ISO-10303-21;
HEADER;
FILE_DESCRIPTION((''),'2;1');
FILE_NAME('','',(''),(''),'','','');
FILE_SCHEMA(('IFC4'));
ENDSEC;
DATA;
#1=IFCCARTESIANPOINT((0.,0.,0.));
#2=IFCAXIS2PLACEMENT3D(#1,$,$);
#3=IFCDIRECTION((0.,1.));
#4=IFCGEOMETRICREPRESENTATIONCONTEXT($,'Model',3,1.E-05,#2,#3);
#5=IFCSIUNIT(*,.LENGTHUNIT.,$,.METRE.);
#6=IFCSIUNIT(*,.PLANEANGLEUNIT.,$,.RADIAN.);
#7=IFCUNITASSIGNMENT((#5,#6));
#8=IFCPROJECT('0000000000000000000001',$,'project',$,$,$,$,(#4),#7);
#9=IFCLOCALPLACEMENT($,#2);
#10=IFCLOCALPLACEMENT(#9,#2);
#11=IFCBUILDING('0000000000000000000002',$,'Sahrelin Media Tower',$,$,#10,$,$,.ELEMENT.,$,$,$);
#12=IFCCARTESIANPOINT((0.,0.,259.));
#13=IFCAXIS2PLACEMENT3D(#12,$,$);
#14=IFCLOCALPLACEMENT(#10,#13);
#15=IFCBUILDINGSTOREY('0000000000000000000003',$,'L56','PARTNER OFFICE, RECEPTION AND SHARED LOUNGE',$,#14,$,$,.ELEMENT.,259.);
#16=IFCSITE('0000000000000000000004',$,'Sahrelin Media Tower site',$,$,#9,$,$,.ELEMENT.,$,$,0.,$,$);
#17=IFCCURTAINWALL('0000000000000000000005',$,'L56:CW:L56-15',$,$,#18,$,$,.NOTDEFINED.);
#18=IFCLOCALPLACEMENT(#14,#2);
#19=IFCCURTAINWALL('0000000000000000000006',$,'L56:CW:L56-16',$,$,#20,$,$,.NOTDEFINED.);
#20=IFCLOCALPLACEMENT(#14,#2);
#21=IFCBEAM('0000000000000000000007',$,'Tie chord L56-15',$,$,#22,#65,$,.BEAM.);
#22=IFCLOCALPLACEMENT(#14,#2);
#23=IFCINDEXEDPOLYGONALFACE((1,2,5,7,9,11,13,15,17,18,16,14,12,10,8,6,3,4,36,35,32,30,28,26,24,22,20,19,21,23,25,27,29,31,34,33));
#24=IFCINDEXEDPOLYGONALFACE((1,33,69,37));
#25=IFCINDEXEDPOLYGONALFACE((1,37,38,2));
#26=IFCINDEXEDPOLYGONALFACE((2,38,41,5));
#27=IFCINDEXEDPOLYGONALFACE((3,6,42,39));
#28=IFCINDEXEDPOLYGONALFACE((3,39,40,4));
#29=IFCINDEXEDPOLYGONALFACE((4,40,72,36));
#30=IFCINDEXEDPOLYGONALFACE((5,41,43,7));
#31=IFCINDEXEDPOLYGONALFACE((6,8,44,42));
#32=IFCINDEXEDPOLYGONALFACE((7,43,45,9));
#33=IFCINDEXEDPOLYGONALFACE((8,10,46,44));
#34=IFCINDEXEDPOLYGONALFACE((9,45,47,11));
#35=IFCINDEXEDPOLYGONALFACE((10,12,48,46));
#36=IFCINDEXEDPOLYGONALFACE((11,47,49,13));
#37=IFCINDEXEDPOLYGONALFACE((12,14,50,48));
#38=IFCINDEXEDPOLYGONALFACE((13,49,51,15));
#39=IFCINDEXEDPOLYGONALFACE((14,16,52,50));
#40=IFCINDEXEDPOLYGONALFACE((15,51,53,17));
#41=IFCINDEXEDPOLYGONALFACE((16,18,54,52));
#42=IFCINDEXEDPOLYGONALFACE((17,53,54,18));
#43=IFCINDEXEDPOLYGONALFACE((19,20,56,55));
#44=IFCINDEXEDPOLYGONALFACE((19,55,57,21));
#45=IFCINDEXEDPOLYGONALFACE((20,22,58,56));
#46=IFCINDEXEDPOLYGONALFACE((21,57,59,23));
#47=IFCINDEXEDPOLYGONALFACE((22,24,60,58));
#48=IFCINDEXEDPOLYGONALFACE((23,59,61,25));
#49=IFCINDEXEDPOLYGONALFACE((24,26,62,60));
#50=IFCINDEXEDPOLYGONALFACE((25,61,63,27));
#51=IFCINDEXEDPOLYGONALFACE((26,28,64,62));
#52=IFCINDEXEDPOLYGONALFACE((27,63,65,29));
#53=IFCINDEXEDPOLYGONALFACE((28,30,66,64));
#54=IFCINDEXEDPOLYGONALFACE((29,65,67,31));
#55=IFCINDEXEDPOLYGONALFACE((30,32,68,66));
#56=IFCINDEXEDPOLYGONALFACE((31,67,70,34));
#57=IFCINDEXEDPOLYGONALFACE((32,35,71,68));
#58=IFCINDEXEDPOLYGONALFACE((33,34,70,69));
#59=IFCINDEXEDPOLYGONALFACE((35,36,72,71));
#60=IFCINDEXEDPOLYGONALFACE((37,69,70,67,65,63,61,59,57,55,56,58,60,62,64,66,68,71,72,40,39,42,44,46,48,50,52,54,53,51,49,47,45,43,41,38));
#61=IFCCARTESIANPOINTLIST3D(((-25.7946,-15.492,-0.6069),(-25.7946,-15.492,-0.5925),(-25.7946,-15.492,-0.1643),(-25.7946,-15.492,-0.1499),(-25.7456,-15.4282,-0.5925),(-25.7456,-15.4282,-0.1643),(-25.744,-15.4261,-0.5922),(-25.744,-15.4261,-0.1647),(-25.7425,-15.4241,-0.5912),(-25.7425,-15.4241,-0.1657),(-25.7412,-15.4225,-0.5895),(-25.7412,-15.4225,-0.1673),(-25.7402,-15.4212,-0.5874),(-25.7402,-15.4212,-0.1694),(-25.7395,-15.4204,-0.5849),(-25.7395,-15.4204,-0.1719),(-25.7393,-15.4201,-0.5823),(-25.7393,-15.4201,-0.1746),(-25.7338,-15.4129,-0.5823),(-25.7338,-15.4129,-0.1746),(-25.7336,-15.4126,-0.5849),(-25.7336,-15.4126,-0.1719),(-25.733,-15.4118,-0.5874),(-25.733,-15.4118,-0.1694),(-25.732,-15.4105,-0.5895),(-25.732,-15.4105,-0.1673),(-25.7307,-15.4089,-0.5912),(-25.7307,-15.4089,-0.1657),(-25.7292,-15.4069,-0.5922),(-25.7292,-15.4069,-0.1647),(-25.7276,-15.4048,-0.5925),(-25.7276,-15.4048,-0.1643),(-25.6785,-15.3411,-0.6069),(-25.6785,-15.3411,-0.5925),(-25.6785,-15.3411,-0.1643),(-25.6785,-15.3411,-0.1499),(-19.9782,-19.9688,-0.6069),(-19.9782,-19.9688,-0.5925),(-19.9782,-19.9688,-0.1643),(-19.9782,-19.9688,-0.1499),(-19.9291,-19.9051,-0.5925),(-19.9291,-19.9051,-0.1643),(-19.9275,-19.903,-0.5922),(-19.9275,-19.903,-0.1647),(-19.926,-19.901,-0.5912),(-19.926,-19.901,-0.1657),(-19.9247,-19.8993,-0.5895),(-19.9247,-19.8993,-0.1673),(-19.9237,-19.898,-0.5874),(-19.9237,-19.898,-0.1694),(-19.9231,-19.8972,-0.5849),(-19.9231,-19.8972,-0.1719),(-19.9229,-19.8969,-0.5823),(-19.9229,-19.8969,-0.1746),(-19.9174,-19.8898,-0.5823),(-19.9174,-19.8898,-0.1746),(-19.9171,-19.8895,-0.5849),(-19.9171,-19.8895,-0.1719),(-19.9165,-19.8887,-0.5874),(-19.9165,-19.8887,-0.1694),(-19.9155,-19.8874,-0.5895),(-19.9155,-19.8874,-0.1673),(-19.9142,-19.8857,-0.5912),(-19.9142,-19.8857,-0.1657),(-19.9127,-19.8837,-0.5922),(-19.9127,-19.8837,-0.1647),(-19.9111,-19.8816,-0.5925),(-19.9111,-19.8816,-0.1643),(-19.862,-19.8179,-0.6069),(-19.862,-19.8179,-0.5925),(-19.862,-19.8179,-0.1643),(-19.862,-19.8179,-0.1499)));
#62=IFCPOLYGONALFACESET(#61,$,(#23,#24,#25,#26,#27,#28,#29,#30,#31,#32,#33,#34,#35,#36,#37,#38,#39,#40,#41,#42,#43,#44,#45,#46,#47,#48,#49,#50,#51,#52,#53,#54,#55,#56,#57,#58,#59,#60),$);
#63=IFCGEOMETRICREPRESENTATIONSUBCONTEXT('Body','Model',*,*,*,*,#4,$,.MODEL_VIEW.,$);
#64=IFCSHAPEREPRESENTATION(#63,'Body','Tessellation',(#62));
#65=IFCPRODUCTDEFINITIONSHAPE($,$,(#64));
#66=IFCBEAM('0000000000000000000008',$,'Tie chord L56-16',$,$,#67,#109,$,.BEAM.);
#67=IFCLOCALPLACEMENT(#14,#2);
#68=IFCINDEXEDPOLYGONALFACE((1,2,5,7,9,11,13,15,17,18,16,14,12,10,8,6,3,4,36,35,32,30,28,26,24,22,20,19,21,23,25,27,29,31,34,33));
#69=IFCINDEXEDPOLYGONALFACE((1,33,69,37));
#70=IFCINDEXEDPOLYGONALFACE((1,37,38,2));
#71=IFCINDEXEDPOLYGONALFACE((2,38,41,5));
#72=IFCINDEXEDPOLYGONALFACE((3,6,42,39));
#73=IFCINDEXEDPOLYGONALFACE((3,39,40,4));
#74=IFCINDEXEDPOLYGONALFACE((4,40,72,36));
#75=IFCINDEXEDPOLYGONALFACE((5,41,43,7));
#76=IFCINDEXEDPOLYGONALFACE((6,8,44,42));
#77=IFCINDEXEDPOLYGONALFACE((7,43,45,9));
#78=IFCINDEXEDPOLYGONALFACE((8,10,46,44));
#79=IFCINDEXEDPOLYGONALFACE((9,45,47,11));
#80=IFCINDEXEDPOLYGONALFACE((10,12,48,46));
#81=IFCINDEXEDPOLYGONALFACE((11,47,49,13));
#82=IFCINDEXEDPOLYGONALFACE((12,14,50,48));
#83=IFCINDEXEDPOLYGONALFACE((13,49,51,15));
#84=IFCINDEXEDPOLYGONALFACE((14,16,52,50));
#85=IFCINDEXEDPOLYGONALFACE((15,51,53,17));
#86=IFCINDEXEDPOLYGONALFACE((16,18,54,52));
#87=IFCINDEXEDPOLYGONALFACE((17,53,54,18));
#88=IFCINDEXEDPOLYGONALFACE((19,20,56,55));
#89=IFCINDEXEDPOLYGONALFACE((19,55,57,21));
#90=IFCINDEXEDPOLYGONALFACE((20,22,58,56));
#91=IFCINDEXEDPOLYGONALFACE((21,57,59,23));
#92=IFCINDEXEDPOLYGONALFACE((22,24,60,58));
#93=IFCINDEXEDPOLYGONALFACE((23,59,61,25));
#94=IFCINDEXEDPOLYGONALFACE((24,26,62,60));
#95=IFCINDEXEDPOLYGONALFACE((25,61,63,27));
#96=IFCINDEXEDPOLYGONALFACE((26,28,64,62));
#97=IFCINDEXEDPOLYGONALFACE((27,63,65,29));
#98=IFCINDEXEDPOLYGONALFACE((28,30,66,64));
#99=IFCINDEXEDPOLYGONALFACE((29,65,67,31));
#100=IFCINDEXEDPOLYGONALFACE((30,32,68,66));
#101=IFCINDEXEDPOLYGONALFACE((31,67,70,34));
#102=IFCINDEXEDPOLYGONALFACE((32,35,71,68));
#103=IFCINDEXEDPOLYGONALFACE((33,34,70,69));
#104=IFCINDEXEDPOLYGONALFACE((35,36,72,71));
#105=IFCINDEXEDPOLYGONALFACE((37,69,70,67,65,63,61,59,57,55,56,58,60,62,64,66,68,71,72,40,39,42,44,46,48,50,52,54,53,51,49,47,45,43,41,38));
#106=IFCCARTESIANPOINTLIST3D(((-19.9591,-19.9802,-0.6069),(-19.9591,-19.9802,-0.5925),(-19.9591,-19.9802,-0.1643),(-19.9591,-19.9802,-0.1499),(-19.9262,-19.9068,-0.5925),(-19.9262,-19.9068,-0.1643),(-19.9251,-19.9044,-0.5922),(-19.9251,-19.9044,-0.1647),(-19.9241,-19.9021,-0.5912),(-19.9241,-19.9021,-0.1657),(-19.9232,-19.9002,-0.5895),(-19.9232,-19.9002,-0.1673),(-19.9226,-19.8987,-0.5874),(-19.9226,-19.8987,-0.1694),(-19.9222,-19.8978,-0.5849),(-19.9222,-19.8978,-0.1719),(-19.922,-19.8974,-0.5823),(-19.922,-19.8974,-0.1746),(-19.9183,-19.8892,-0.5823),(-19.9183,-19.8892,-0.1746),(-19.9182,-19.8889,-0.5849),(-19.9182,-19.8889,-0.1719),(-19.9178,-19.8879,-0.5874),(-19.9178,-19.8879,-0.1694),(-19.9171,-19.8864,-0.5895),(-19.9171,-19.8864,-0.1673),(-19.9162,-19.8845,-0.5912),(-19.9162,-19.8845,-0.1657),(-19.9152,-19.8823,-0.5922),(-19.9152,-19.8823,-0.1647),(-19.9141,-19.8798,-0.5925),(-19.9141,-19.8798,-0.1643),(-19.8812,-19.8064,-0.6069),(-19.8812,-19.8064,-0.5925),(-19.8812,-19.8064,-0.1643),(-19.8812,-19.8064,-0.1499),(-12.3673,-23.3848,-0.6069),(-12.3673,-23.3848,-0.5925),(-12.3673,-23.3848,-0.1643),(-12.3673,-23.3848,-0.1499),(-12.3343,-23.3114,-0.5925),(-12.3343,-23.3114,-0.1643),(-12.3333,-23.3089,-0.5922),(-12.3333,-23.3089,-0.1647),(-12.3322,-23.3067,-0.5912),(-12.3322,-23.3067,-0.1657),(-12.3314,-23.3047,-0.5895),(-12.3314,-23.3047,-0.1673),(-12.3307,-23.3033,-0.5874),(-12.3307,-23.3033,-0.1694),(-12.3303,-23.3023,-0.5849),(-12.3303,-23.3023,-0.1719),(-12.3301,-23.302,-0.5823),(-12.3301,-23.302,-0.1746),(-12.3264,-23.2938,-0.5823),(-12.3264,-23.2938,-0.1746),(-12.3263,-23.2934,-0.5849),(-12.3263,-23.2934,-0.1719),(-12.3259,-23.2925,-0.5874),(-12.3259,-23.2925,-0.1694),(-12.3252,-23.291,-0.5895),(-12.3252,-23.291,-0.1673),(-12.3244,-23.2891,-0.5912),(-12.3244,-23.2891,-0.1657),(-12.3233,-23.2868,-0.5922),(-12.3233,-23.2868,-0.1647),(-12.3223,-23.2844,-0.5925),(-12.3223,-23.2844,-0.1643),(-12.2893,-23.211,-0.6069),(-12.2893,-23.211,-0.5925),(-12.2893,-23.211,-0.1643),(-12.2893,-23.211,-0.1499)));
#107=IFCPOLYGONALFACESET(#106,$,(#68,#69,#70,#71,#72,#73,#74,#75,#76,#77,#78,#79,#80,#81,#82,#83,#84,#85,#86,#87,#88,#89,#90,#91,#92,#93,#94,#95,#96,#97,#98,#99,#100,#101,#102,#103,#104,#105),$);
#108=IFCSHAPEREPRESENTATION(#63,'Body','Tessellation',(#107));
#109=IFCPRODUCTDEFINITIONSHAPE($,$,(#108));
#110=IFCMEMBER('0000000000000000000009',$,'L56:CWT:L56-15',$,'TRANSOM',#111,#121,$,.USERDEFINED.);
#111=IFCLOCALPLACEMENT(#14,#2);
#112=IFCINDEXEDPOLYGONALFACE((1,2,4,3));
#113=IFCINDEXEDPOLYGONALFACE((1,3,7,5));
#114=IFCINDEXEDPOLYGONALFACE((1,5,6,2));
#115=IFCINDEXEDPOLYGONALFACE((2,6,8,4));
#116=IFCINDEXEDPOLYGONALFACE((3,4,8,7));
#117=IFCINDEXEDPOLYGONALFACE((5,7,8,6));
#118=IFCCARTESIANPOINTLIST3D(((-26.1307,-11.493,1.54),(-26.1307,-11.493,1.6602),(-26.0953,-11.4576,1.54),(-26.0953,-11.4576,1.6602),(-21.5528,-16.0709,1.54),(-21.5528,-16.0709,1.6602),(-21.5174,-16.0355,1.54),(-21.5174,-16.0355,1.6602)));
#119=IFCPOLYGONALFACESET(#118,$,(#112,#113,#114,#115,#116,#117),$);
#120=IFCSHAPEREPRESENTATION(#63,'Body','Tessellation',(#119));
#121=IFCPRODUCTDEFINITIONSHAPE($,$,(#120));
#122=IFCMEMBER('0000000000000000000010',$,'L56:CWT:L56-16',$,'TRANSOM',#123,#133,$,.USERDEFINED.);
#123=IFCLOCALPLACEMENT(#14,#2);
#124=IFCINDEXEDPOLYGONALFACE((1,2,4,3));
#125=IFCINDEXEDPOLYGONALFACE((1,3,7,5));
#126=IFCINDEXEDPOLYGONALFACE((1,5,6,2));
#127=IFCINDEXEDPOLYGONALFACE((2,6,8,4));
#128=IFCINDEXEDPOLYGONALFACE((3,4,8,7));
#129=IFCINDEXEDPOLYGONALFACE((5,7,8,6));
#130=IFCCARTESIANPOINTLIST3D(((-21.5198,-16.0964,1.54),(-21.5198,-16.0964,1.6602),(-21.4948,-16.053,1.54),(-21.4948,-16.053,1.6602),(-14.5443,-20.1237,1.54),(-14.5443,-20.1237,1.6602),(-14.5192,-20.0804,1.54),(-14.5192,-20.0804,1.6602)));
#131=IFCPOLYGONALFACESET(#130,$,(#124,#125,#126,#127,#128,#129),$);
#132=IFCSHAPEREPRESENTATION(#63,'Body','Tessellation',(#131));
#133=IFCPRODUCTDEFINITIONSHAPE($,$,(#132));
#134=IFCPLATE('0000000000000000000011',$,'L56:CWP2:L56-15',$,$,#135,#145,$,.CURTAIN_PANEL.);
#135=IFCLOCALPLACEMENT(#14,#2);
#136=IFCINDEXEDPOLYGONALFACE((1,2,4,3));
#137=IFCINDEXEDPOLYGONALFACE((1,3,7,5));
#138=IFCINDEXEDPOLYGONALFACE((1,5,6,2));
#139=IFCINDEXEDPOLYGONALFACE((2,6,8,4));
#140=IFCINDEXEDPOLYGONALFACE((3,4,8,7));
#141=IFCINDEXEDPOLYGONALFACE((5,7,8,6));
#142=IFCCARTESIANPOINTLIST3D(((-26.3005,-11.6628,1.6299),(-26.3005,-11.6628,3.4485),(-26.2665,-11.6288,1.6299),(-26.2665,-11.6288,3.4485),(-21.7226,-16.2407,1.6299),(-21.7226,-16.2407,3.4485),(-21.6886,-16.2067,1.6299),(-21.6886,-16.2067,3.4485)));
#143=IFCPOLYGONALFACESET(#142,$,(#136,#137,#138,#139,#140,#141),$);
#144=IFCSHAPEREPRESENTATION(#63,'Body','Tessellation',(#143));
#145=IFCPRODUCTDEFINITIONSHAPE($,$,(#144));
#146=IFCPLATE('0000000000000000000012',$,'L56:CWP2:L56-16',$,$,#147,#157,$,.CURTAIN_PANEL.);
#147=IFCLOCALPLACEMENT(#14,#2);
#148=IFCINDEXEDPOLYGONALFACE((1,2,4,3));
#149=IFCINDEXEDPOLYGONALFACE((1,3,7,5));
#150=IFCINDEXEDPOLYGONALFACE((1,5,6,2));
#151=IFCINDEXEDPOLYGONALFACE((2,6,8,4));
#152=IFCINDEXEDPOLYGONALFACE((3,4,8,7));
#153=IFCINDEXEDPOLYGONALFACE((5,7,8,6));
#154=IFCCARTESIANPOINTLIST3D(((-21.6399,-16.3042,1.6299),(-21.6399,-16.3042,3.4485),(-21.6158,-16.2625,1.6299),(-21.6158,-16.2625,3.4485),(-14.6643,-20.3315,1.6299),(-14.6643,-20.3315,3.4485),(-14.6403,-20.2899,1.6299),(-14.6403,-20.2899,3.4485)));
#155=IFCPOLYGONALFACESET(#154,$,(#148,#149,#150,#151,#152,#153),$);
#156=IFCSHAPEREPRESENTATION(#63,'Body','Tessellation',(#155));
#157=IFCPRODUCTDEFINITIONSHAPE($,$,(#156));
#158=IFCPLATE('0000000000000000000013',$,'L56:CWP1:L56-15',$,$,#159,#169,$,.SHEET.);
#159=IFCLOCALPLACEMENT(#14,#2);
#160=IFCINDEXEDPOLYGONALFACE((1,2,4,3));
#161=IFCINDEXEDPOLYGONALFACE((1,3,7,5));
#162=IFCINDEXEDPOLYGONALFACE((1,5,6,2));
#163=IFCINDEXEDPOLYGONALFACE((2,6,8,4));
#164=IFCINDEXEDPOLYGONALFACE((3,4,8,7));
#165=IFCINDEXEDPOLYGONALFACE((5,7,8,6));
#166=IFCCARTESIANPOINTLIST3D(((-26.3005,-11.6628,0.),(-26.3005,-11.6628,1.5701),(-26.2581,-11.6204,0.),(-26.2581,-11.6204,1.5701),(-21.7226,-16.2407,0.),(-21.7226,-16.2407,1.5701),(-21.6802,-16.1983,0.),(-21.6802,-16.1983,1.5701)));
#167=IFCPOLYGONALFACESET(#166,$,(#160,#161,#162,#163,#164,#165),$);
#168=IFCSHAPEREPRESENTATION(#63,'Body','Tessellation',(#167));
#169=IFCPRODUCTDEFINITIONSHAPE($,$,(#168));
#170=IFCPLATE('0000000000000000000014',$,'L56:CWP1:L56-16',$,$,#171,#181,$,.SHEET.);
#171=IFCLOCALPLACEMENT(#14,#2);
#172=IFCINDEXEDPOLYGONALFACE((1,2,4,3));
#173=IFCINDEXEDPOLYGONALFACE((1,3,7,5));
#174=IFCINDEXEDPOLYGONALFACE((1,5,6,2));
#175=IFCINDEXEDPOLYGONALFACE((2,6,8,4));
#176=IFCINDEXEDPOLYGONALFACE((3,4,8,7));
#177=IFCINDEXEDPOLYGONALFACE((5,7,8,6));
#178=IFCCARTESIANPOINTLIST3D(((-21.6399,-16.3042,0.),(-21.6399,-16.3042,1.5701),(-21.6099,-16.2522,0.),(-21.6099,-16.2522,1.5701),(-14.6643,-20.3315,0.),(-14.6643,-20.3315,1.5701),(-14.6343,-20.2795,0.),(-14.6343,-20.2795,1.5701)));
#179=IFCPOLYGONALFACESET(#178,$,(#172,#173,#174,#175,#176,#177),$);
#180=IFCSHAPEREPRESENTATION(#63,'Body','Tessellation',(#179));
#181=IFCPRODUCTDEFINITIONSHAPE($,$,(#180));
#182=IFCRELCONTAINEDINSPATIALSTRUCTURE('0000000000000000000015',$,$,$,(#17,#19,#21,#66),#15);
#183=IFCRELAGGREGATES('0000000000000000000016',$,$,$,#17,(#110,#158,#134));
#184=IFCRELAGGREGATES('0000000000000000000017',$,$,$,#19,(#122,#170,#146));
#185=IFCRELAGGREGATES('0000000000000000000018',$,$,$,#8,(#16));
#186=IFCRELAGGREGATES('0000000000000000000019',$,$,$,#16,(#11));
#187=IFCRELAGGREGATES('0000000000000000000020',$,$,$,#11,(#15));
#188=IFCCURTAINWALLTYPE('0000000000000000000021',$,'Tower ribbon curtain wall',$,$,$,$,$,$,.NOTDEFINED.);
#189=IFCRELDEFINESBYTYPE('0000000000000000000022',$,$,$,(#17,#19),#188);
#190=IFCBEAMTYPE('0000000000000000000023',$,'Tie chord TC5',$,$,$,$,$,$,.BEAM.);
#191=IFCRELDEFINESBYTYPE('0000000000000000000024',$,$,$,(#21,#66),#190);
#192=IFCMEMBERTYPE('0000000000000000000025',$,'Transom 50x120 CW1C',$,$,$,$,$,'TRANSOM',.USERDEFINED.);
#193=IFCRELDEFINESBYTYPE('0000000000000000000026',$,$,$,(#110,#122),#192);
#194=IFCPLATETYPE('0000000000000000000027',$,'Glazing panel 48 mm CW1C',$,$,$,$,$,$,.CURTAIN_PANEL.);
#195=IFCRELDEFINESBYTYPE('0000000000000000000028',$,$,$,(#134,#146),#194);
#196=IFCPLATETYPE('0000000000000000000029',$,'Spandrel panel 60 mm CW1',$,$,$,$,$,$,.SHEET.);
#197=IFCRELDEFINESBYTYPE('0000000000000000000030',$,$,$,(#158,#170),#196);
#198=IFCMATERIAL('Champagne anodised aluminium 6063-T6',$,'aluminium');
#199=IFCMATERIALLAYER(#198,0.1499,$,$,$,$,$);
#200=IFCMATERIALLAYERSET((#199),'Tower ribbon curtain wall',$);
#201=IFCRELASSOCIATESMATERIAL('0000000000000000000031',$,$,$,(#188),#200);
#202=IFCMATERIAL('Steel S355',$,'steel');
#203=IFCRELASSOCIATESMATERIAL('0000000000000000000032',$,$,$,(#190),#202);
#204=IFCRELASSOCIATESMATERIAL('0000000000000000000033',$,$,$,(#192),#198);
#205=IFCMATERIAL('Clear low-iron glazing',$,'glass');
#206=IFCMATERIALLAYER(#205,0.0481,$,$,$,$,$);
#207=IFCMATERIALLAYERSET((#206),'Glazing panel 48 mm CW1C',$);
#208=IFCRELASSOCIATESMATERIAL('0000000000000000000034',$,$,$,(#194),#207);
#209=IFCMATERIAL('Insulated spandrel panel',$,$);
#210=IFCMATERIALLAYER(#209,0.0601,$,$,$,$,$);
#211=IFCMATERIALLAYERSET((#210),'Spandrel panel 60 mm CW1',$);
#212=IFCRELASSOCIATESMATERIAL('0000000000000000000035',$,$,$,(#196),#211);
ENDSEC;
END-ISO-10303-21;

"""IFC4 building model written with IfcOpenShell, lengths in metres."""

from ifc_helpers import new_model, si_unit, direction, frame, origin, origin_2d, place, context, subcontext, project, spatial, polyline, rectangle, i_section, outline, extrude, material, layer, layer_set, material_profile, profile_set, type_object, element, aggregate, save


model = new_model("IFC4")

# Units and contexts
model_context = context("Model", 3, precision=1e-05, world=origin(), true_north=direction((0.0, 1.0)))
body_context = subcontext(model_context, "Body", "Model", "MODEL_VIEW")
ifc_project = project(units=[si_unit("LENGTHUNIT", "METRE"), si_unit("PLANEANGLEUNIT", "RADIAN")], contexts=[model_context])

# Site, building, storey
site_placement = place(None, origin())
site = spatial("IfcSite", under=ifc_project, at=site_placement, Name="Sahrelin Media Tower site", CompositionType="ELEMENT", RefElevation=0.0)
building_placement = place(site_placement, origin())
building = spatial("IfcBuilding", under=site, at=building_placement, Name="Sahrelin Media Tower", CompositionType="ELEMENT")
storey_placement = place(building_placement, frame((0.0, 0.0, 259.0)))
storey = spatial("IfcBuildingStorey", under=building, at=storey_placement, Name="L56", Description="PARTNER OFFICE, RECEPTION AND SHARED LOUNGE", CompositionType="ELEMENT", Elevation=259.0)

# Shared definitions
ifc_material_1 = material(Name="Steel S355", Category="steel")

# Curtain walls
ifc_material_2 = material(Name="Champagne anodised aluminium 6063-T6", Category="aluminium")
ifc_layer_1 = layer(ifc_material_2, 0.1499)
ifc_layer_set_1 = layer_set([ifc_layer_1], Name="Tower ribbon curtain wall")
curtain_wall_type = type_object("IfcCurtainWallType", Name="Tower ribbon curtain wall", PredefinedType="NOTDEFINED", material=ifc_layer_set_1)
curtain_wall_1_placement = place(storey_placement, frame((-23.9973, -13.9375, 0.0), z_axis=(0.0, 0.0, 1.0), x_axis=(1.0, 0.0, 0.0)))
curtain_wall_1 = element("IfcCurtainWall", 1, at=curtain_wall_1_placement, inside=storey, type_object=curtain_wall_type, Name="L56:CW:L56-15", PredefinedType="NOTDEFINED")
curtain_wall_2_placement = place(storey_placement, frame((-18.1421, -18.3005, 0.0), z_axis=(0.0, 0.0, 1.0), x_axis=(1.0, 0.0, 0.0)))
curtain_wall_2 = element("IfcCurtainWall", 2, at=curtain_wall_2_placement, inside=storey, type_object=curtain_wall_type, Name="L56:CW:L56-16", PredefinedType="NOTDEFINED")

# Beams
ifc_material_profile_1 = material_profile(ifc_material_1, i_section(OverallWidth=0.1904, OverallDepth=0.457, WebThickness=0.009, FlangeThickness=0.0144, FilletRadius=0.0103, at=origin_2d()), Name="UB 457x191x74")
ifc_profile_set_1 = profile_set([ifc_material_profile_1], Name="Steel S355")
beam_type_1 = type_object("IfcBeamType", Name="Tie chord TC5", PredefinedType="BEAM", material=ifc_profile_set_1)
beam_1_placement = place(storey_placement, frame((-25.7366, -15.4165, -0.3784), z_axis=(0.79245, -0.609937, 0.0), x_axis=(0.609937, 0.79245, 0.0)))
element("IfcBeam", 3, at=beam_1_placement, inside=storey, type_object=beam_type_1, Name="Tie chord L56-15", PredefinedType="BEAM", context=body_context, shape_type="SweptSolid", body=[
    extrude(i_section(OverallWidth=0.1904, OverallDepth=0.457, WebThickness=0.009, FlangeThickness=0.0144, FilletRadius=0.0103, at=origin_2d()), origin(), (0.0, 0.0, 1.0), 7.3398),
])
beam_2_placement = place(storey_placement, frame((-19.9202, -19.8933, -0.3784), z_axis=(0.91245, -0.409188, 0.0), x_axis=(0.409188, 0.91245, 0.0)))
element("IfcBeam", 4, at=beam_2_placement, inside=storey, type_object=beam_type_1, Name="Tie chord L56-16", PredefinedType="BEAM", context=body_context, shape_type="SweptSolid", body=[
    extrude(i_section(OverallWidth=0.1904, OverallDepth=0.457, WebThickness=0.009, FlangeThickness=0.0144, FilletRadius=0.0103, at=origin_2d()), origin(), (0.0, 0.0, 1.0), 8.3203),
])

# Members
ifc_material_profile_2 = material_profile(ifc_material_2, rectangle(XDim=0.05, YDim=0.1201, at=origin_2d()), Name="Transom 50x120")
ifc_profile_set_2 = profile_set([ifc_material_profile_2], Name="Champagne anodised aluminium 6063-T6")
member_type_1 = type_object("IfcMemberType", Name="Transom 50x120 CW1C", ElementType="TRANSOM", PredefinedType="USERDEFINED", material=ifc_profile_set_2)
member_1_placement = place(storey_placement, frame((-26.113, -11.4753, 1.6001), z_axis=(0.707107, -0.707107, 0.0), x_axis=(0.707107, 0.707107, 0.0)))
member_1 = element("IfcMember", 5, at=member_1_placement, type_object=member_type_1, Name="L56:CWT:L56-15", ObjectType="TRANSOM", PredefinedType="USERDEFINED", context=body_context, shape_type="SweptSolid", body=[
    extrude(rectangle(XDim=0.05, YDim=0.1201, at=origin_2d()), origin(), (0.0, 0.0, 1.0), 6.4741),
])
member_2_placement = place(storey_placement, frame((-21.5073, -16.0747, 1.6001), z_axis=(0.866026, -0.499999, 0.0), x_axis=(0.499999, 0.866026, 0.0)))
member_2 = element("IfcMember", 6, at=member_2_placement, type_object=member_type_1, Name="L56:CWT:L56-16", ObjectType="TRANSOM", PredefinedType="USERDEFINED", context=body_context, shape_type="SweptSolid", body=[
    extrude(rectangle(XDim=0.05, YDim=0.1201, at=origin_2d()), origin(), (0.0, 0.0, 1.0), 8.0547),
])

# Plates
ifc_material_3 = material(Name="Clear low-iron glazing", Category="glass")
ifc_layer_2 = layer(ifc_material_3, 0.0481)
ifc_layer_set_2 = layer_set([ifc_layer_2], Name="Glazing panel 48 mm CW1C")
plate_type_1 = type_object("IfcPlateType", Name="Glazing panel 48 mm CW1C", PredefinedType="CURTAIN_PANEL", material=ifc_layer_set_2)
plate_1_placement = place(storey_placement, frame((-26.3005, -11.6628, 1.6299), z_axis=(-0.707107, -0.707107, 0.0), x_axis=(0.707107, -0.707107, 0.0)))
plate_1 = element("IfcPlate", 7, at=plate_1_placement, type_object=plate_type_1, Name="L56:CWP2:L56-15", PredefinedType="CURTAIN_PANEL", context=body_context, shape_type="SweptSolid", body=[
    extrude(outline(polyline([(0.0, 0.0), (6.4741, 0.0), (6.4741, 1.8186), (0.0, 1.8186), (0.0, 0.0)])), origin(), (0.0, 0.0, -1.0), 0.0481),
])
plate_2_placement = place(storey_placement, frame((-21.6399, -16.3042, 1.6299), z_axis=(-0.499999, -0.866026, 0.0), x_axis=(0.866026, -0.499999, 0.0)))
plate_2 = element("IfcPlate", 8, at=plate_2_placement, type_object=plate_type_1, Name="L56:CWP2:L56-16", PredefinedType="CURTAIN_PANEL", context=body_context, shape_type="SweptSolid", body=[
    extrude(outline(polyline([(0.0, 0.0), (8.0547, 0.0), (8.0547, 1.8186), (0.0, 1.8186), (0.0, 0.0)])), origin(), (0.0, 0.0, -1.0), 0.0481),
])
ifc_material_4 = material(Name="Insulated spandrel panel")
ifc_layer_3 = layer(ifc_material_4, 0.0601)
ifc_layer_set_3 = layer_set([ifc_layer_3], Name="Spandrel panel 60 mm CW1")
plate_type_2 = type_object("IfcPlateType", Name="Spandrel panel 60 mm CW1", PredefinedType="SHEET", material=ifc_layer_set_3)
plate_3_placement = place(storey_placement, frame((-26.3005, -11.6628, 0.0), z_axis=(-0.707107, -0.707107, 0.0), x_axis=(0.707107, -0.707107, 0.0)))
plate_3 = element("IfcPlate", 9, at=plate_3_placement, type_object=plate_type_2, Name="L56:CWP1:L56-15", PredefinedType="SHEET", context=body_context, shape_type="SweptSolid", body=[
    extrude(outline(polyline([(0.0, 0.0), (6.4741, 0.0), (6.4741, 1.5701), (0.0, 1.5701), (0.0, 0.0)])), origin(), (0.0, 0.0, -1.0), 0.0601),
])
aggregate(curtain_wall_1, [member_1, plate_3, plate_1])
plate_4_placement = place(storey_placement, frame((-21.6399, -16.3042, 0.0), z_axis=(-0.499999, -0.866026, 0.0), x_axis=(0.866026, -0.499999, 0.0)))
plate_4 = element("IfcPlate", 10, at=plate_4_placement, type_object=plate_type_2, Name="L56:CWP1:L56-16", PredefinedType="SHEET", context=body_context, shape_type="SweptSolid", body=[
    extrude(outline(polyline([(0.0, 0.0), (8.0547, 0.0), (8.0547, 1.5701), (0.0, 1.5701), (0.0, 0.0)])), origin(), (0.0, 0.0, -1.0), 0.0601),
])
aggregate(curtain_wall_2, [member_2, plate_4, plate_2])

save(model, "model.ifc")
